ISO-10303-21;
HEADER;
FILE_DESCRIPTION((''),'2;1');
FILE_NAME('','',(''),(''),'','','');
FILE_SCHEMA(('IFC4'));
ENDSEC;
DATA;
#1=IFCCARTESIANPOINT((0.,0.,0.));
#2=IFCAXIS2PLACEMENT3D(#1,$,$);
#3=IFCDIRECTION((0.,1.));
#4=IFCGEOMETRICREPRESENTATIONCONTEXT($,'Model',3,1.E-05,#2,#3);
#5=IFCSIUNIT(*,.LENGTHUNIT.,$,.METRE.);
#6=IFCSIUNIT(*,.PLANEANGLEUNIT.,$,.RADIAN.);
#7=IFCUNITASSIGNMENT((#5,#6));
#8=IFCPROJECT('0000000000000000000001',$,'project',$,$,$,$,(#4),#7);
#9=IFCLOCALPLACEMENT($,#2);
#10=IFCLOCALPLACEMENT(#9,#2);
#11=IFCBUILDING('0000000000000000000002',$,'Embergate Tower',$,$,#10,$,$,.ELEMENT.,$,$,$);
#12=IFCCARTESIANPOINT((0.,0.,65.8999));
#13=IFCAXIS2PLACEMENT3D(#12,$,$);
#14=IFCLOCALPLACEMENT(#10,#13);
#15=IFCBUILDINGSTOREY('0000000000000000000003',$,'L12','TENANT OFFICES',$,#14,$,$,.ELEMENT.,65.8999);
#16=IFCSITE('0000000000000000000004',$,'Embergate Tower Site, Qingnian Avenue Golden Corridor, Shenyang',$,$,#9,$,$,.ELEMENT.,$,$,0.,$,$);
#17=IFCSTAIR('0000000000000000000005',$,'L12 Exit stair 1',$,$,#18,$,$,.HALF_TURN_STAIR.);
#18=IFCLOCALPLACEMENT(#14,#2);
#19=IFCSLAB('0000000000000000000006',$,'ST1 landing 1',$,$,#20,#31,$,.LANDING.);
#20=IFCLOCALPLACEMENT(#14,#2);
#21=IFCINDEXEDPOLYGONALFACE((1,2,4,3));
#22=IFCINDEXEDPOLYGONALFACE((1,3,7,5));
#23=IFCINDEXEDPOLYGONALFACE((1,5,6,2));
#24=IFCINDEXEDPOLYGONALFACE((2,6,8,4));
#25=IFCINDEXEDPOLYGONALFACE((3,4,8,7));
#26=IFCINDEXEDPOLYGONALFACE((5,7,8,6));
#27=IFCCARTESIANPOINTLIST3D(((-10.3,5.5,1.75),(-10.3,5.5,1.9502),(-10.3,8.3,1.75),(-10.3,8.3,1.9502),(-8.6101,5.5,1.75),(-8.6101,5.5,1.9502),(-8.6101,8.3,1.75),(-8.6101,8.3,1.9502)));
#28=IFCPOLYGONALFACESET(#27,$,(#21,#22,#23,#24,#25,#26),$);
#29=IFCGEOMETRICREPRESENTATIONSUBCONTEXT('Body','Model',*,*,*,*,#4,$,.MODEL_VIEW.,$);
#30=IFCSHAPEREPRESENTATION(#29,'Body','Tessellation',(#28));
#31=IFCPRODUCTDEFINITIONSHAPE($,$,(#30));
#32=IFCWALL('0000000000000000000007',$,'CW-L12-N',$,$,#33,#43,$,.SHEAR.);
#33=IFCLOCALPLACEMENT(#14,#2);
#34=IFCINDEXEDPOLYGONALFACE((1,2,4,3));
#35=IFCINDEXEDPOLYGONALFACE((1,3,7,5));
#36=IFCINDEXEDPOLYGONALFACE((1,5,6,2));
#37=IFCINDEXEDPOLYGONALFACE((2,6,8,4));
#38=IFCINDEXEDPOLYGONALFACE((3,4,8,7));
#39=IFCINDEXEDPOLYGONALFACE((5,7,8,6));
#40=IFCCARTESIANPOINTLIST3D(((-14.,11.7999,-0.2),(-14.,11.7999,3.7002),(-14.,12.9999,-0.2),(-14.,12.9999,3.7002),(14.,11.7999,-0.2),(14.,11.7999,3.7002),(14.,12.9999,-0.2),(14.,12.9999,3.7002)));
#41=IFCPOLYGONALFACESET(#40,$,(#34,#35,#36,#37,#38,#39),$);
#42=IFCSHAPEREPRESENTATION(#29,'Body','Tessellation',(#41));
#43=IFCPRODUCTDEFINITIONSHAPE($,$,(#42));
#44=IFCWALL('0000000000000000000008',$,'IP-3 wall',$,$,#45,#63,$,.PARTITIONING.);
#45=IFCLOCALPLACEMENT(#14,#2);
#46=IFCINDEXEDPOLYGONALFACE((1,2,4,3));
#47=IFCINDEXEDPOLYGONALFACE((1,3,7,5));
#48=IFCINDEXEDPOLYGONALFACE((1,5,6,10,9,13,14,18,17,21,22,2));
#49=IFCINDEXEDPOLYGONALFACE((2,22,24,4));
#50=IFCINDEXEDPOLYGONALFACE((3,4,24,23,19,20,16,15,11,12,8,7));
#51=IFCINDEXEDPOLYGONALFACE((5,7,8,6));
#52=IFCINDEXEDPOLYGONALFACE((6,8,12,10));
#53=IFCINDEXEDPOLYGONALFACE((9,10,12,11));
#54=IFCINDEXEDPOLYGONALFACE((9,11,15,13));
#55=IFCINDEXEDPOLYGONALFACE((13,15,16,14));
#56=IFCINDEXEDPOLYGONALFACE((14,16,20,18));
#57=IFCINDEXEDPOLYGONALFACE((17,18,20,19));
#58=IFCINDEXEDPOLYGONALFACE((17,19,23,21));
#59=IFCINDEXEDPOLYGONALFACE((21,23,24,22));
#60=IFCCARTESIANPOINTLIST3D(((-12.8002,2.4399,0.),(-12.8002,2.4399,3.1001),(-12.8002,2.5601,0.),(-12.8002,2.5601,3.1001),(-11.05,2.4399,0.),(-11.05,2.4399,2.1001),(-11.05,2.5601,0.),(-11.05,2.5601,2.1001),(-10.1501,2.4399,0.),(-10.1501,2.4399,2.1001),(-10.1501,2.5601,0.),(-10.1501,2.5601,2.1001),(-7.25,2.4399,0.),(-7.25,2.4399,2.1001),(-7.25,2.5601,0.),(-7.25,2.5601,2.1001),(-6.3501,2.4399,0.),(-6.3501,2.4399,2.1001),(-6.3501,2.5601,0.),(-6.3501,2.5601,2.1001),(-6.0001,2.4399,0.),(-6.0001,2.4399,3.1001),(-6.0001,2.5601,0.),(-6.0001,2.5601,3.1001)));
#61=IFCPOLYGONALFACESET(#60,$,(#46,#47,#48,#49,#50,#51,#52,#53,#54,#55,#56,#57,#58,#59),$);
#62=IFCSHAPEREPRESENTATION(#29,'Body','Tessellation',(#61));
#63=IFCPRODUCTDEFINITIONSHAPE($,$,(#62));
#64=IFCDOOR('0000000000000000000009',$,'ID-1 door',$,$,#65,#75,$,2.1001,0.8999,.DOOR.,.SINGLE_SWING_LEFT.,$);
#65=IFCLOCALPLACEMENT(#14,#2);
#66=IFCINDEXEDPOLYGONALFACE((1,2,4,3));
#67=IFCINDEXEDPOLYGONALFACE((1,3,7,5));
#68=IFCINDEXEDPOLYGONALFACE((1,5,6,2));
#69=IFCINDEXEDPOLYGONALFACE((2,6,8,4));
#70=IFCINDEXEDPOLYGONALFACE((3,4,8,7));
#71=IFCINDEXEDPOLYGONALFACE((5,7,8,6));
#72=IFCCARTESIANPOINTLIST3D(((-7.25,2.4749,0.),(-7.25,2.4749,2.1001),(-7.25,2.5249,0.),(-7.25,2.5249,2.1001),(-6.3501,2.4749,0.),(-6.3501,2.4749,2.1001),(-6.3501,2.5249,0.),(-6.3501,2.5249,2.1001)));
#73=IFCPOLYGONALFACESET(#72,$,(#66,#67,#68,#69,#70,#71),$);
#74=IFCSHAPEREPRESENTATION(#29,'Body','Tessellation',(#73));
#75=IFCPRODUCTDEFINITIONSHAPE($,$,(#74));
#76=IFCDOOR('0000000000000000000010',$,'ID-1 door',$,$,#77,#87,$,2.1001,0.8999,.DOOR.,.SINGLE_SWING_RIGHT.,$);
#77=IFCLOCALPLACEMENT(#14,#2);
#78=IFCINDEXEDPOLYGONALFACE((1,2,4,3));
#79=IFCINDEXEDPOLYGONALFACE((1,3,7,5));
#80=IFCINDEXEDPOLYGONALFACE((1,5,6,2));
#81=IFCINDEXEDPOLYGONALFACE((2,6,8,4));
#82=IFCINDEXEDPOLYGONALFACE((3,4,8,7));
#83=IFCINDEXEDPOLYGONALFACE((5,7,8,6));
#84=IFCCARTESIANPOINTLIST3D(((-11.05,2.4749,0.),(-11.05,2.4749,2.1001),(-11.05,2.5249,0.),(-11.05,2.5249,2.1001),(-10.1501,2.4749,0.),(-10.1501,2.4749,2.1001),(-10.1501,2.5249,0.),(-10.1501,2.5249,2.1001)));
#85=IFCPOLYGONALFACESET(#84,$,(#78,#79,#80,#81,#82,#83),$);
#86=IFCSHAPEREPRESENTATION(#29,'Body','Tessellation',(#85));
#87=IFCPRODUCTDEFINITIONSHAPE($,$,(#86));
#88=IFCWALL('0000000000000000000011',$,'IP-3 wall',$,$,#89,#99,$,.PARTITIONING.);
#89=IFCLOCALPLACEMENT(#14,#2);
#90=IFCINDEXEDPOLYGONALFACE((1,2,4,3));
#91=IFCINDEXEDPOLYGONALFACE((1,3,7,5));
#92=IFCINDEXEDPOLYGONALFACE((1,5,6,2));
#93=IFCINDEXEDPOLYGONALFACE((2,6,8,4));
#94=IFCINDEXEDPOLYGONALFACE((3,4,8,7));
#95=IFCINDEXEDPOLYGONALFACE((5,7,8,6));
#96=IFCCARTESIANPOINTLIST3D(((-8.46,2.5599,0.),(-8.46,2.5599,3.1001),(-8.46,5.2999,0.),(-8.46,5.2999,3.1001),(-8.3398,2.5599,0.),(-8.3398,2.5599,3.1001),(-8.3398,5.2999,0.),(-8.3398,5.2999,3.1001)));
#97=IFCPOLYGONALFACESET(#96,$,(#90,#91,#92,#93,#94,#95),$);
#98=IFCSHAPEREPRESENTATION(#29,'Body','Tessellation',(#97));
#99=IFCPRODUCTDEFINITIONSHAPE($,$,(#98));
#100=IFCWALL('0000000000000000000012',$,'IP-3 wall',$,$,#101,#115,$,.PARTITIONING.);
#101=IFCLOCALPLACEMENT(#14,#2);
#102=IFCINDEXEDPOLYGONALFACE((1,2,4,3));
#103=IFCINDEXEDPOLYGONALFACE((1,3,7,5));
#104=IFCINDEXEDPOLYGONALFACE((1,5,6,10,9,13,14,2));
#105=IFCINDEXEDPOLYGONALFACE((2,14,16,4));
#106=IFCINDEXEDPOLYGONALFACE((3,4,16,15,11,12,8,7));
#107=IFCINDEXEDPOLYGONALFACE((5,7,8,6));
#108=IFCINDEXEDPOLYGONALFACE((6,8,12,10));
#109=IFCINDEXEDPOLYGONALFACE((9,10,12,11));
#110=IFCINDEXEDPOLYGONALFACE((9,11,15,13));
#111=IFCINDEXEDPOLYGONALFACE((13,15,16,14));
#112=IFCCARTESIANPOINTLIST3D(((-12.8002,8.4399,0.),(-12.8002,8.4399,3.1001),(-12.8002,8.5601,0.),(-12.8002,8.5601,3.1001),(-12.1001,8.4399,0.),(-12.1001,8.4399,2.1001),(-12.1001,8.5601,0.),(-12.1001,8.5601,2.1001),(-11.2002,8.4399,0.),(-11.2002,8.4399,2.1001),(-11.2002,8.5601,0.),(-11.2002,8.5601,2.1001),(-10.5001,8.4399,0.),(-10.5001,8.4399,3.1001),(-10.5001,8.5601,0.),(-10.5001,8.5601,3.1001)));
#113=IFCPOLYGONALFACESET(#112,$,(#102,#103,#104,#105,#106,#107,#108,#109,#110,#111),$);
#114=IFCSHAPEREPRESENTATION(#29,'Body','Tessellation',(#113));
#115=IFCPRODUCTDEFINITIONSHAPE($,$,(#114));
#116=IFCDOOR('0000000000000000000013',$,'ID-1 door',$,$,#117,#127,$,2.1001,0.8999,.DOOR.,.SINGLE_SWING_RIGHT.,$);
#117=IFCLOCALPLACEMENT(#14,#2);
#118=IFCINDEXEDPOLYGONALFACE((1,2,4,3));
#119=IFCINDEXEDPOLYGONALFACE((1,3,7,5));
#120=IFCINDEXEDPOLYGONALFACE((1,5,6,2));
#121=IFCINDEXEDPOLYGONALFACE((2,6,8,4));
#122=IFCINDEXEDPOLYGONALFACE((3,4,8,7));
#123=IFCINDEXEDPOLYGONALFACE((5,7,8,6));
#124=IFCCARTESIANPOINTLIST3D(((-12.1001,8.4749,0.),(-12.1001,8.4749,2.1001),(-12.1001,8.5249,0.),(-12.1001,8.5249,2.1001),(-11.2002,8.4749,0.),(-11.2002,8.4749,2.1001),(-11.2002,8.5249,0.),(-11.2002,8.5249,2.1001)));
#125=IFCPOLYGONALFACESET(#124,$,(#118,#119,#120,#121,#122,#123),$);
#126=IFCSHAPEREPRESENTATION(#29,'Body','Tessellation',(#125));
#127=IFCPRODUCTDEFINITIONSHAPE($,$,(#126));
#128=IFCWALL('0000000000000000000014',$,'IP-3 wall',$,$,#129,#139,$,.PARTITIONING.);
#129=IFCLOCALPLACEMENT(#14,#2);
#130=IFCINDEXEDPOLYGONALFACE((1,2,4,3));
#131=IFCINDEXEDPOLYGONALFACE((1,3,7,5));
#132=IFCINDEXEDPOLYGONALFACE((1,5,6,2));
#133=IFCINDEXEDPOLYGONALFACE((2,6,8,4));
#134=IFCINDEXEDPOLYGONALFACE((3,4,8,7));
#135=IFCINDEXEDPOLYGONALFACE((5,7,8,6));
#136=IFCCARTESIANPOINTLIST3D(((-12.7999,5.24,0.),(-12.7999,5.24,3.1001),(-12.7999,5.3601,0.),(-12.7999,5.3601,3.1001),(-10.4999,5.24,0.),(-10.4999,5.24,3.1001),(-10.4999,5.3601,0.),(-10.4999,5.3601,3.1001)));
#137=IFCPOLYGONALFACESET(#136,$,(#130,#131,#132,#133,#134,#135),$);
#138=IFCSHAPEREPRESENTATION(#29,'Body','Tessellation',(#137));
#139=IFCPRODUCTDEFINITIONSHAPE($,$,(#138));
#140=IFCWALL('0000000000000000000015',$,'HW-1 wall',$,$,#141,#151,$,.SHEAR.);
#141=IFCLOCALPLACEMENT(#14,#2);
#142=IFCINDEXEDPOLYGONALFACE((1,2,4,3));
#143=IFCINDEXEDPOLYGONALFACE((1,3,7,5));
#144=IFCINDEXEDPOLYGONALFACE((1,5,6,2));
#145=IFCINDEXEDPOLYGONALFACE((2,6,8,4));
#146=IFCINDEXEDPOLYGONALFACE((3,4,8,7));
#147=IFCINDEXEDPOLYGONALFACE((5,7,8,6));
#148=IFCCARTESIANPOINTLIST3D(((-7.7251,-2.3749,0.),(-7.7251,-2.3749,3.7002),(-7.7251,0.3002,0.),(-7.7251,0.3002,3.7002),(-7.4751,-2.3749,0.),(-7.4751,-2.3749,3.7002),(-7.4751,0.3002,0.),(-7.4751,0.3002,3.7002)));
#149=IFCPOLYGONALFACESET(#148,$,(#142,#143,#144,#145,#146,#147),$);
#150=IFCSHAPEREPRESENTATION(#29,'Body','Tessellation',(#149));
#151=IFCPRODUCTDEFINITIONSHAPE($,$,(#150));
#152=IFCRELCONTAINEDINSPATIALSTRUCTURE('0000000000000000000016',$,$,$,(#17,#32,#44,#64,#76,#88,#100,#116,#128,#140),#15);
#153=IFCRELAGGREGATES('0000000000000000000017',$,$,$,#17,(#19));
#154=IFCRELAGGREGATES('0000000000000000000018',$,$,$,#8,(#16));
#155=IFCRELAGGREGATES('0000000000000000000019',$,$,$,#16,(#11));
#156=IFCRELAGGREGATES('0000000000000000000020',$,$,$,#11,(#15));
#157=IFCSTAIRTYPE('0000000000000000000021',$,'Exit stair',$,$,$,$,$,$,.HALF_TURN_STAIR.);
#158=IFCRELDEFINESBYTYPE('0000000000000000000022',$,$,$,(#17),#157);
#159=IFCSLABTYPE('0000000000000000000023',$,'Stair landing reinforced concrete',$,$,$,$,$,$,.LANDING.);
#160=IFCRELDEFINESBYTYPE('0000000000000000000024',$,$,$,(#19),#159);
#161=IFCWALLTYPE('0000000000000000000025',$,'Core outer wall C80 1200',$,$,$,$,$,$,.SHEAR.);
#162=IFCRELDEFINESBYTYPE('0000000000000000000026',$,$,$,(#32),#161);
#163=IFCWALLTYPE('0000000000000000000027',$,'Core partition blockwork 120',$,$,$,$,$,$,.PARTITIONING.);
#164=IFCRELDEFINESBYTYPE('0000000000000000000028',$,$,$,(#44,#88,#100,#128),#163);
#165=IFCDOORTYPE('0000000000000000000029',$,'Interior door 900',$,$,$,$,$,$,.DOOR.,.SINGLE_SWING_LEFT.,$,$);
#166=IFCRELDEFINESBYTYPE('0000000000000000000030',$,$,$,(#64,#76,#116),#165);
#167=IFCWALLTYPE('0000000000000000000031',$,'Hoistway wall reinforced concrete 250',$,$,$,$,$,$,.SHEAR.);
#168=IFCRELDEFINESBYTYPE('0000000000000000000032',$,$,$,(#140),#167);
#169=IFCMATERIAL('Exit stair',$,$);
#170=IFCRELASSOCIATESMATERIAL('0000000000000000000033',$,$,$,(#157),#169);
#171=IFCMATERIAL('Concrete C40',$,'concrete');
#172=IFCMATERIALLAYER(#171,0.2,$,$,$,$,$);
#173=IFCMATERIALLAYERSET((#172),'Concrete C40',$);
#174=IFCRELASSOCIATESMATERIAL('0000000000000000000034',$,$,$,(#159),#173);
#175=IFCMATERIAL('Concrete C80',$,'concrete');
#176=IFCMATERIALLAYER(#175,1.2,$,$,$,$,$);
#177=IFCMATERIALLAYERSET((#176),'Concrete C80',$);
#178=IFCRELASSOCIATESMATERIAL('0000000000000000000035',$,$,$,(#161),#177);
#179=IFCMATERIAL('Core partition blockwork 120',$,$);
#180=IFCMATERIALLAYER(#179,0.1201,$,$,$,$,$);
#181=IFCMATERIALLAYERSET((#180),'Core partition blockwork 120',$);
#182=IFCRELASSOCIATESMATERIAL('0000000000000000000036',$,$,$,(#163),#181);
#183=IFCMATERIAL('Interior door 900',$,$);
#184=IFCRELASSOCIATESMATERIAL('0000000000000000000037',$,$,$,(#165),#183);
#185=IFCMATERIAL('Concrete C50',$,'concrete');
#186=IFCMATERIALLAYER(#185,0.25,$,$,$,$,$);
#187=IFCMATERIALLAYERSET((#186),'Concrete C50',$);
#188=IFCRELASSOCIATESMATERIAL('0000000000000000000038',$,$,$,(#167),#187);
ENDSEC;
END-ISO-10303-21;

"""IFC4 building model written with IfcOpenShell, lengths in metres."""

from ifc_helpers import new_model, si_unit, direction, frame, frame_2d, origin, place, context, subcontext, project, spatial, polyline, rectangle, outline, extrude, source, transform, mapped, material, layer, layer_set, type_object, element, fill, aggregate, save


model = new_model("IFC4")

# Units and contexts
model_context = context("Model", 3, precision=1e-05, world=origin(), true_north=direction((0.0, 1.0)))
body_context = subcontext(model_context, "Body", "Model", "MODEL_VIEW")
ifc_project = project(units=[si_unit("LENGTHUNIT", "METRE"), si_unit("PLANEANGLEUNIT", "RADIAN")], contexts=[model_context])

# Site, building, storey
site_placement = place(None, origin())
site = spatial("IfcSite", under=ifc_project, at=site_placement, Name="Embergate Tower Site, Qingnian Avenue Golden Corridor, Shenyang", CompositionType="ELEMENT", RefElevation=0.0)
building_placement = place(site_placement, origin())
building = spatial("IfcBuilding", under=site, at=building_placement, Name="Embergate Tower", CompositionType="ELEMENT")
storey_placement = place(building_placement, frame((0.0, 0.0, 65.8999)))
storey = spatial("IfcBuildingStorey", under=building, at=storey_placement, Name="L12", Description="TENANT OFFICES", CompositionType="ELEMENT", Elevation=65.8999)

# Stair, slab
ifc_material_1 = material(Name="Exit stair")
stair_type = type_object("IfcStairType", Name="Exit stair", PredefinedType="HALF_TURN_STAIR", material=ifc_material_1)
stair_placement = place(storey_placement, origin())
stair = element("IfcStair", 1, at=stair_placement, inside=storey, type_object=stair_type, Name="L12 Exit stair 1", PredefinedType="HALF_TURN_STAIR")
ifc_material_2 = material(Name="Concrete C40", Category="concrete")
ifc_layer_1 = layer(ifc_material_2, 0.2)
ifc_layer_set_1 = layer_set([ifc_layer_1], Name="Concrete C40")
slab_type = type_object("IfcSlabType", Name="Stair landing reinforced concrete", PredefinedType="LANDING", material=ifc_layer_set_1)
shared_shape_1 = source(origin(), body_context, "Body", "SweptSolid", [
    extrude(outline(polyline([(0.0, 0.0), (1.6899, 0.0), (1.6899, 2.8), (0.0, 2.8), (0.0, 0.0)])), origin(), (0.0, 0.0, 1.0), 0.2002),
])
slab_placement = place(storey_placement, frame((-10.3, 5.5, 1.75)))
slab = element("IfcSlab", 2, at=slab_placement, type_object=slab_type, Name="ST1 landing 1", PredefinedType="LANDING", context=body_context, shape_type="MappedRepresentation", body=[
    mapped(shared_shape_1, transform((0.0, 0.0, 0.0))),
])

# Wall
ifc_material_3 = material(Name="Concrete C80", Category="concrete")
ifc_layer_2 = layer(ifc_material_3, 1.2)
ifc_layer_set_2 = layer_set([ifc_layer_2], Name="Concrete C80")
wall_type_1 = type_object("IfcWallType", Name="Core outer wall C80 1200", PredefinedType="SHEAR", material=ifc_layer_set_2)
shared_shape_2 = source(origin(), body_context, "Body", "SweptSolid", [
    extrude(rectangle(XDim=28.0, YDim=1.2, at=frame_2d((14.0, 0.0))), origin(), (0.0, 0.0, 1.0), 3.9001),
])
wall_1_placement = place(storey_placement, frame((-14.0, 12.3999, -0.2), z_axis=(0.0, 0.0, 1.0), x_axis=(1.0, 0.0, 0.0)))
element("IfcWall", 3, at=wall_1_placement, inside=storey, type_object=wall_type_1, Name="CW-L12-N", PredefinedType="SHEAR", context=body_context, shape_type="MappedRepresentation", body=[
    mapped(shared_shape_2, transform((0.0, 0.0, 0.0))),
])

# Wall, openings, doors
ifc_material_4 = material(Name="Core partition blockwork 120")
ifc_layer_3 = layer(ifc_material_4, 0.1201)
ifc_layer_set_3 = layer_set([ifc_layer_3], Name="Core partition blockwork 120")
wall_type_2 = type_object("IfcWallType", Name="Core partition blockwork 120", PredefinedType="PARTITIONING", material=ifc_layer_set_3)
shared_shape_3 = source(origin(), body_context, "Body", "SweptSolid", [
    extrude(rectangle(XDim=6.8, YDim=0.1201, at=frame_2d((3.3999, 0.0))), origin(), (0.0, 0.0, 1.0), 3.1001),
])
wall_2_placement = place(storey_placement, frame((-12.8, 2.5, 0.0), z_axis=(0.0, 0.0, 1.0), x_axis=(1.0, 0.0, 0.0)))
wall_2 = element("IfcWall", 4, at=wall_2_placement, inside=storey, type_object=wall_type_2, Name="IP-3 wall", PredefinedType="PARTITIONING", context=body_context, shape_type="MappedRepresentation", body=[
    mapped(shared_shape_3, transform((0.0, 0.0, 0.0))),
])
shared_shape_4 = source(origin(), body_context, "Body", "SweptSolid", [
    extrude(rectangle(XDim=0.8999, YDim=2.1001, at=frame_2d((0.45, 1.05))), frame((0.0, 0.0701, 0.0), z_axis=(0.0, -1.0, 0.0), x_axis=(1.0, 0.0, 0.0)), (0.0, 0.0, 1.0), 0.1401),
])
opening_1_placement = place(wall_2_placement, frame((5.55, 0.0, 0.0)))
opening_1 = element("IfcOpeningElement", 5, at=opening_1_placement, cuts=wall_2, PredefinedType="OPENING", context=body_context, shape_type="MappedRepresentation", body=[
    mapped(shared_shape_4, transform((0.0, 0.0, 0.0))),
])
opening_2_placement = place(wall_2_placement, frame((1.75, 0.0, 0.0)))
opening_2 = element("IfcOpeningElement", 6, at=opening_2_placement, cuts=wall_2, PredefinedType="OPENING", context=body_context, shape_type="MappedRepresentation", body=[
    mapped(shared_shape_4, transform((0.0, 0.0, 0.0))),
])
ifc_material_5 = material(Name="Interior door 900")
door_type_1 = type_object("IfcDoorType", Name="Interior door 900", OperationType="SINGLE_SWING_LEFT", PredefinedType="DOOR", material=ifc_material_5)
shared_shape_5 = source(origin(), body_context, "Body", "SweptSolid", [
    extrude(rectangle(XDim=0.8999, YDim=2.1001, at=frame_2d((0.45, 1.05))), frame((0.0, 0.0249, 0.0), z_axis=(0.0, -1.0, 0.0), x_axis=(1.0, 0.0, 0.0)), (0.0, 0.0, 1.0), 0.05),
])
door_1_placement = place(opening_1_placement, origin())
door_1 = element("IfcDoor", 7, at=door_1_placement, inside=storey, type_object=door_type_1, Name="ID-1 door", OperationType="SINGLE_SWING_LEFT", OverallHeight=2.1001, OverallWidth=0.8999, PredefinedType="DOOR", context=body_context, shape_type="MappedRepresentation", body=[
    mapped(shared_shape_5, transform((0.0, 0.0, 0.0))),
])
fill(opening_1, door_1)
door_2_placement = place(opening_2_placement, origin())
door_2 = element("IfcDoor", 8, at=door_2_placement, inside=storey, type_object=door_type_1, Name="ID-1 door", OperationType="SINGLE_SWING_RIGHT", OverallHeight=2.1001, OverallWidth=0.8999, PredefinedType="DOOR", context=body_context, shape_type="MappedRepresentation", body=[
    mapped(shared_shape_5, transform((0.0, 0.0, 0.0))),
])
fill(opening_2, door_2)

# Wall
shared_shape_6 = source(origin(), body_context, "Body", "SweptSolid", [
    extrude(rectangle(XDim=2.74, YDim=0.1201, at=frame_2d((1.3701, 0.0))), origin(), (0.0, 0.0, 1.0), 3.1001),
])
wall_3_placement = place(storey_placement, frame((-8.3999, 5.3, 0.0), z_axis=(0.0, 0.0, 1.0), x_axis=(0.0, -1.0, 0.0)))
element("IfcWall", 9, at=wall_3_placement, inside=storey, type_object=wall_type_2, Name="IP-3 wall", PredefinedType="PARTITIONING", context=body_context, shape_type="MappedRepresentation", body=[
    mapped(shared_shape_6, transform((0.0, 0.0, 0.0))),
])

# Wall, opening, door
shared_shape_7 = source(origin(), body_context, "Body", "SweptSolid", [
    extrude(rectangle(XDim=2.3, YDim=0.1201, at=frame_2d((1.1499, 0.0))), origin(), (0.0, 0.0, 1.0), 3.1001),
])
wall_4_placement = place(storey_placement, frame((-12.8, 8.5, 0.0), z_axis=(0.0, 0.0, 1.0), x_axis=(1.0, 0.0, 0.0)))
wall_4 = element("IfcWall", 10, at=wall_4_placement, inside=storey, type_object=wall_type_2, Name="IP-3 wall", PredefinedType="PARTITIONING", context=body_context, shape_type="MappedRepresentation", body=[
    mapped(shared_shape_7, transform((0.0, 0.0, 0.0))),
])
opening_3_placement = place(wall_4_placement, frame((0.7, 0.0, 0.0)))
opening_3 = element("IfcOpeningElement", 11, at=opening_3_placement, cuts=wall_4, PredefinedType="OPENING", context=body_context, shape_type="MappedRepresentation", body=[
    mapped(shared_shape_4, transform((0.0, 0.0, 0.0))),
])
door_3_placement = place(opening_3_placement, origin())
door_3 = element("IfcDoor", 12, at=door_3_placement, inside=storey, type_object=door_type_1, Name="ID-1 door", OperationType="SINGLE_SWING_RIGHT", OverallHeight=2.1001, OverallWidth=0.8999, PredefinedType="DOOR", context=body_context, shape_type="MappedRepresentation", body=[
    mapped(shared_shape_5, transform((0.0, 0.0, 0.0))),
])
fill(opening_3, door_3)

# Walls
wall_5_placement = place(storey_placement, frame((-10.5, 5.3, 0.0), z_axis=(0.0, 0.0, 1.0), x_axis=(-1.0, 0.0, 0.0)))
element("IfcWall", 13, at=wall_5_placement, inside=storey, type_object=wall_type_2, Name="IP-3 wall", PredefinedType="PARTITIONING", context=body_context, shape_type="MappedRepresentation", body=[
    mapped(shared_shape_7, transform((0.0, 0.0, 0.0))),
])
ifc_material_6 = material(Name="Concrete C50", Category="concrete")
ifc_layer_4 = layer(ifc_material_6, 0.25)
ifc_layer_set_4 = layer_set([ifc_layer_4], Name="Concrete C50")
wall_type_3 = type_object("IfcWallType", Name="Hoistway wall reinforced concrete 250", PredefinedType="SHEAR", material=ifc_layer_set_4)
shared_shape_8 = source(origin(), body_context, "Body", "SweptSolid", [
    extrude(rectangle(XDim=2.675, YDim=0.25, at=frame_2d((1.3374, 0.0))), origin(), (0.0, 0.0, 1.0), 3.7002),
])
wall_6_placement = place(storey_placement, frame((-7.6001, 0.3, 0.0), z_axis=(0.0, 0.0, 1.0), x_axis=(0.0, -1.0, 0.0)))
element("IfcWall", 14, at=wall_6_placement, inside=storey, type_object=wall_type_3, Name="HW-1 wall", PredefinedType="SHEAR", context=body_context, shape_type="MappedRepresentation", body=[
    mapped(shared_shape_8, transform((0.0, 0.0, 0.0))),
])

aggregate(stair, [slab])

save(model, "model.ifc")
